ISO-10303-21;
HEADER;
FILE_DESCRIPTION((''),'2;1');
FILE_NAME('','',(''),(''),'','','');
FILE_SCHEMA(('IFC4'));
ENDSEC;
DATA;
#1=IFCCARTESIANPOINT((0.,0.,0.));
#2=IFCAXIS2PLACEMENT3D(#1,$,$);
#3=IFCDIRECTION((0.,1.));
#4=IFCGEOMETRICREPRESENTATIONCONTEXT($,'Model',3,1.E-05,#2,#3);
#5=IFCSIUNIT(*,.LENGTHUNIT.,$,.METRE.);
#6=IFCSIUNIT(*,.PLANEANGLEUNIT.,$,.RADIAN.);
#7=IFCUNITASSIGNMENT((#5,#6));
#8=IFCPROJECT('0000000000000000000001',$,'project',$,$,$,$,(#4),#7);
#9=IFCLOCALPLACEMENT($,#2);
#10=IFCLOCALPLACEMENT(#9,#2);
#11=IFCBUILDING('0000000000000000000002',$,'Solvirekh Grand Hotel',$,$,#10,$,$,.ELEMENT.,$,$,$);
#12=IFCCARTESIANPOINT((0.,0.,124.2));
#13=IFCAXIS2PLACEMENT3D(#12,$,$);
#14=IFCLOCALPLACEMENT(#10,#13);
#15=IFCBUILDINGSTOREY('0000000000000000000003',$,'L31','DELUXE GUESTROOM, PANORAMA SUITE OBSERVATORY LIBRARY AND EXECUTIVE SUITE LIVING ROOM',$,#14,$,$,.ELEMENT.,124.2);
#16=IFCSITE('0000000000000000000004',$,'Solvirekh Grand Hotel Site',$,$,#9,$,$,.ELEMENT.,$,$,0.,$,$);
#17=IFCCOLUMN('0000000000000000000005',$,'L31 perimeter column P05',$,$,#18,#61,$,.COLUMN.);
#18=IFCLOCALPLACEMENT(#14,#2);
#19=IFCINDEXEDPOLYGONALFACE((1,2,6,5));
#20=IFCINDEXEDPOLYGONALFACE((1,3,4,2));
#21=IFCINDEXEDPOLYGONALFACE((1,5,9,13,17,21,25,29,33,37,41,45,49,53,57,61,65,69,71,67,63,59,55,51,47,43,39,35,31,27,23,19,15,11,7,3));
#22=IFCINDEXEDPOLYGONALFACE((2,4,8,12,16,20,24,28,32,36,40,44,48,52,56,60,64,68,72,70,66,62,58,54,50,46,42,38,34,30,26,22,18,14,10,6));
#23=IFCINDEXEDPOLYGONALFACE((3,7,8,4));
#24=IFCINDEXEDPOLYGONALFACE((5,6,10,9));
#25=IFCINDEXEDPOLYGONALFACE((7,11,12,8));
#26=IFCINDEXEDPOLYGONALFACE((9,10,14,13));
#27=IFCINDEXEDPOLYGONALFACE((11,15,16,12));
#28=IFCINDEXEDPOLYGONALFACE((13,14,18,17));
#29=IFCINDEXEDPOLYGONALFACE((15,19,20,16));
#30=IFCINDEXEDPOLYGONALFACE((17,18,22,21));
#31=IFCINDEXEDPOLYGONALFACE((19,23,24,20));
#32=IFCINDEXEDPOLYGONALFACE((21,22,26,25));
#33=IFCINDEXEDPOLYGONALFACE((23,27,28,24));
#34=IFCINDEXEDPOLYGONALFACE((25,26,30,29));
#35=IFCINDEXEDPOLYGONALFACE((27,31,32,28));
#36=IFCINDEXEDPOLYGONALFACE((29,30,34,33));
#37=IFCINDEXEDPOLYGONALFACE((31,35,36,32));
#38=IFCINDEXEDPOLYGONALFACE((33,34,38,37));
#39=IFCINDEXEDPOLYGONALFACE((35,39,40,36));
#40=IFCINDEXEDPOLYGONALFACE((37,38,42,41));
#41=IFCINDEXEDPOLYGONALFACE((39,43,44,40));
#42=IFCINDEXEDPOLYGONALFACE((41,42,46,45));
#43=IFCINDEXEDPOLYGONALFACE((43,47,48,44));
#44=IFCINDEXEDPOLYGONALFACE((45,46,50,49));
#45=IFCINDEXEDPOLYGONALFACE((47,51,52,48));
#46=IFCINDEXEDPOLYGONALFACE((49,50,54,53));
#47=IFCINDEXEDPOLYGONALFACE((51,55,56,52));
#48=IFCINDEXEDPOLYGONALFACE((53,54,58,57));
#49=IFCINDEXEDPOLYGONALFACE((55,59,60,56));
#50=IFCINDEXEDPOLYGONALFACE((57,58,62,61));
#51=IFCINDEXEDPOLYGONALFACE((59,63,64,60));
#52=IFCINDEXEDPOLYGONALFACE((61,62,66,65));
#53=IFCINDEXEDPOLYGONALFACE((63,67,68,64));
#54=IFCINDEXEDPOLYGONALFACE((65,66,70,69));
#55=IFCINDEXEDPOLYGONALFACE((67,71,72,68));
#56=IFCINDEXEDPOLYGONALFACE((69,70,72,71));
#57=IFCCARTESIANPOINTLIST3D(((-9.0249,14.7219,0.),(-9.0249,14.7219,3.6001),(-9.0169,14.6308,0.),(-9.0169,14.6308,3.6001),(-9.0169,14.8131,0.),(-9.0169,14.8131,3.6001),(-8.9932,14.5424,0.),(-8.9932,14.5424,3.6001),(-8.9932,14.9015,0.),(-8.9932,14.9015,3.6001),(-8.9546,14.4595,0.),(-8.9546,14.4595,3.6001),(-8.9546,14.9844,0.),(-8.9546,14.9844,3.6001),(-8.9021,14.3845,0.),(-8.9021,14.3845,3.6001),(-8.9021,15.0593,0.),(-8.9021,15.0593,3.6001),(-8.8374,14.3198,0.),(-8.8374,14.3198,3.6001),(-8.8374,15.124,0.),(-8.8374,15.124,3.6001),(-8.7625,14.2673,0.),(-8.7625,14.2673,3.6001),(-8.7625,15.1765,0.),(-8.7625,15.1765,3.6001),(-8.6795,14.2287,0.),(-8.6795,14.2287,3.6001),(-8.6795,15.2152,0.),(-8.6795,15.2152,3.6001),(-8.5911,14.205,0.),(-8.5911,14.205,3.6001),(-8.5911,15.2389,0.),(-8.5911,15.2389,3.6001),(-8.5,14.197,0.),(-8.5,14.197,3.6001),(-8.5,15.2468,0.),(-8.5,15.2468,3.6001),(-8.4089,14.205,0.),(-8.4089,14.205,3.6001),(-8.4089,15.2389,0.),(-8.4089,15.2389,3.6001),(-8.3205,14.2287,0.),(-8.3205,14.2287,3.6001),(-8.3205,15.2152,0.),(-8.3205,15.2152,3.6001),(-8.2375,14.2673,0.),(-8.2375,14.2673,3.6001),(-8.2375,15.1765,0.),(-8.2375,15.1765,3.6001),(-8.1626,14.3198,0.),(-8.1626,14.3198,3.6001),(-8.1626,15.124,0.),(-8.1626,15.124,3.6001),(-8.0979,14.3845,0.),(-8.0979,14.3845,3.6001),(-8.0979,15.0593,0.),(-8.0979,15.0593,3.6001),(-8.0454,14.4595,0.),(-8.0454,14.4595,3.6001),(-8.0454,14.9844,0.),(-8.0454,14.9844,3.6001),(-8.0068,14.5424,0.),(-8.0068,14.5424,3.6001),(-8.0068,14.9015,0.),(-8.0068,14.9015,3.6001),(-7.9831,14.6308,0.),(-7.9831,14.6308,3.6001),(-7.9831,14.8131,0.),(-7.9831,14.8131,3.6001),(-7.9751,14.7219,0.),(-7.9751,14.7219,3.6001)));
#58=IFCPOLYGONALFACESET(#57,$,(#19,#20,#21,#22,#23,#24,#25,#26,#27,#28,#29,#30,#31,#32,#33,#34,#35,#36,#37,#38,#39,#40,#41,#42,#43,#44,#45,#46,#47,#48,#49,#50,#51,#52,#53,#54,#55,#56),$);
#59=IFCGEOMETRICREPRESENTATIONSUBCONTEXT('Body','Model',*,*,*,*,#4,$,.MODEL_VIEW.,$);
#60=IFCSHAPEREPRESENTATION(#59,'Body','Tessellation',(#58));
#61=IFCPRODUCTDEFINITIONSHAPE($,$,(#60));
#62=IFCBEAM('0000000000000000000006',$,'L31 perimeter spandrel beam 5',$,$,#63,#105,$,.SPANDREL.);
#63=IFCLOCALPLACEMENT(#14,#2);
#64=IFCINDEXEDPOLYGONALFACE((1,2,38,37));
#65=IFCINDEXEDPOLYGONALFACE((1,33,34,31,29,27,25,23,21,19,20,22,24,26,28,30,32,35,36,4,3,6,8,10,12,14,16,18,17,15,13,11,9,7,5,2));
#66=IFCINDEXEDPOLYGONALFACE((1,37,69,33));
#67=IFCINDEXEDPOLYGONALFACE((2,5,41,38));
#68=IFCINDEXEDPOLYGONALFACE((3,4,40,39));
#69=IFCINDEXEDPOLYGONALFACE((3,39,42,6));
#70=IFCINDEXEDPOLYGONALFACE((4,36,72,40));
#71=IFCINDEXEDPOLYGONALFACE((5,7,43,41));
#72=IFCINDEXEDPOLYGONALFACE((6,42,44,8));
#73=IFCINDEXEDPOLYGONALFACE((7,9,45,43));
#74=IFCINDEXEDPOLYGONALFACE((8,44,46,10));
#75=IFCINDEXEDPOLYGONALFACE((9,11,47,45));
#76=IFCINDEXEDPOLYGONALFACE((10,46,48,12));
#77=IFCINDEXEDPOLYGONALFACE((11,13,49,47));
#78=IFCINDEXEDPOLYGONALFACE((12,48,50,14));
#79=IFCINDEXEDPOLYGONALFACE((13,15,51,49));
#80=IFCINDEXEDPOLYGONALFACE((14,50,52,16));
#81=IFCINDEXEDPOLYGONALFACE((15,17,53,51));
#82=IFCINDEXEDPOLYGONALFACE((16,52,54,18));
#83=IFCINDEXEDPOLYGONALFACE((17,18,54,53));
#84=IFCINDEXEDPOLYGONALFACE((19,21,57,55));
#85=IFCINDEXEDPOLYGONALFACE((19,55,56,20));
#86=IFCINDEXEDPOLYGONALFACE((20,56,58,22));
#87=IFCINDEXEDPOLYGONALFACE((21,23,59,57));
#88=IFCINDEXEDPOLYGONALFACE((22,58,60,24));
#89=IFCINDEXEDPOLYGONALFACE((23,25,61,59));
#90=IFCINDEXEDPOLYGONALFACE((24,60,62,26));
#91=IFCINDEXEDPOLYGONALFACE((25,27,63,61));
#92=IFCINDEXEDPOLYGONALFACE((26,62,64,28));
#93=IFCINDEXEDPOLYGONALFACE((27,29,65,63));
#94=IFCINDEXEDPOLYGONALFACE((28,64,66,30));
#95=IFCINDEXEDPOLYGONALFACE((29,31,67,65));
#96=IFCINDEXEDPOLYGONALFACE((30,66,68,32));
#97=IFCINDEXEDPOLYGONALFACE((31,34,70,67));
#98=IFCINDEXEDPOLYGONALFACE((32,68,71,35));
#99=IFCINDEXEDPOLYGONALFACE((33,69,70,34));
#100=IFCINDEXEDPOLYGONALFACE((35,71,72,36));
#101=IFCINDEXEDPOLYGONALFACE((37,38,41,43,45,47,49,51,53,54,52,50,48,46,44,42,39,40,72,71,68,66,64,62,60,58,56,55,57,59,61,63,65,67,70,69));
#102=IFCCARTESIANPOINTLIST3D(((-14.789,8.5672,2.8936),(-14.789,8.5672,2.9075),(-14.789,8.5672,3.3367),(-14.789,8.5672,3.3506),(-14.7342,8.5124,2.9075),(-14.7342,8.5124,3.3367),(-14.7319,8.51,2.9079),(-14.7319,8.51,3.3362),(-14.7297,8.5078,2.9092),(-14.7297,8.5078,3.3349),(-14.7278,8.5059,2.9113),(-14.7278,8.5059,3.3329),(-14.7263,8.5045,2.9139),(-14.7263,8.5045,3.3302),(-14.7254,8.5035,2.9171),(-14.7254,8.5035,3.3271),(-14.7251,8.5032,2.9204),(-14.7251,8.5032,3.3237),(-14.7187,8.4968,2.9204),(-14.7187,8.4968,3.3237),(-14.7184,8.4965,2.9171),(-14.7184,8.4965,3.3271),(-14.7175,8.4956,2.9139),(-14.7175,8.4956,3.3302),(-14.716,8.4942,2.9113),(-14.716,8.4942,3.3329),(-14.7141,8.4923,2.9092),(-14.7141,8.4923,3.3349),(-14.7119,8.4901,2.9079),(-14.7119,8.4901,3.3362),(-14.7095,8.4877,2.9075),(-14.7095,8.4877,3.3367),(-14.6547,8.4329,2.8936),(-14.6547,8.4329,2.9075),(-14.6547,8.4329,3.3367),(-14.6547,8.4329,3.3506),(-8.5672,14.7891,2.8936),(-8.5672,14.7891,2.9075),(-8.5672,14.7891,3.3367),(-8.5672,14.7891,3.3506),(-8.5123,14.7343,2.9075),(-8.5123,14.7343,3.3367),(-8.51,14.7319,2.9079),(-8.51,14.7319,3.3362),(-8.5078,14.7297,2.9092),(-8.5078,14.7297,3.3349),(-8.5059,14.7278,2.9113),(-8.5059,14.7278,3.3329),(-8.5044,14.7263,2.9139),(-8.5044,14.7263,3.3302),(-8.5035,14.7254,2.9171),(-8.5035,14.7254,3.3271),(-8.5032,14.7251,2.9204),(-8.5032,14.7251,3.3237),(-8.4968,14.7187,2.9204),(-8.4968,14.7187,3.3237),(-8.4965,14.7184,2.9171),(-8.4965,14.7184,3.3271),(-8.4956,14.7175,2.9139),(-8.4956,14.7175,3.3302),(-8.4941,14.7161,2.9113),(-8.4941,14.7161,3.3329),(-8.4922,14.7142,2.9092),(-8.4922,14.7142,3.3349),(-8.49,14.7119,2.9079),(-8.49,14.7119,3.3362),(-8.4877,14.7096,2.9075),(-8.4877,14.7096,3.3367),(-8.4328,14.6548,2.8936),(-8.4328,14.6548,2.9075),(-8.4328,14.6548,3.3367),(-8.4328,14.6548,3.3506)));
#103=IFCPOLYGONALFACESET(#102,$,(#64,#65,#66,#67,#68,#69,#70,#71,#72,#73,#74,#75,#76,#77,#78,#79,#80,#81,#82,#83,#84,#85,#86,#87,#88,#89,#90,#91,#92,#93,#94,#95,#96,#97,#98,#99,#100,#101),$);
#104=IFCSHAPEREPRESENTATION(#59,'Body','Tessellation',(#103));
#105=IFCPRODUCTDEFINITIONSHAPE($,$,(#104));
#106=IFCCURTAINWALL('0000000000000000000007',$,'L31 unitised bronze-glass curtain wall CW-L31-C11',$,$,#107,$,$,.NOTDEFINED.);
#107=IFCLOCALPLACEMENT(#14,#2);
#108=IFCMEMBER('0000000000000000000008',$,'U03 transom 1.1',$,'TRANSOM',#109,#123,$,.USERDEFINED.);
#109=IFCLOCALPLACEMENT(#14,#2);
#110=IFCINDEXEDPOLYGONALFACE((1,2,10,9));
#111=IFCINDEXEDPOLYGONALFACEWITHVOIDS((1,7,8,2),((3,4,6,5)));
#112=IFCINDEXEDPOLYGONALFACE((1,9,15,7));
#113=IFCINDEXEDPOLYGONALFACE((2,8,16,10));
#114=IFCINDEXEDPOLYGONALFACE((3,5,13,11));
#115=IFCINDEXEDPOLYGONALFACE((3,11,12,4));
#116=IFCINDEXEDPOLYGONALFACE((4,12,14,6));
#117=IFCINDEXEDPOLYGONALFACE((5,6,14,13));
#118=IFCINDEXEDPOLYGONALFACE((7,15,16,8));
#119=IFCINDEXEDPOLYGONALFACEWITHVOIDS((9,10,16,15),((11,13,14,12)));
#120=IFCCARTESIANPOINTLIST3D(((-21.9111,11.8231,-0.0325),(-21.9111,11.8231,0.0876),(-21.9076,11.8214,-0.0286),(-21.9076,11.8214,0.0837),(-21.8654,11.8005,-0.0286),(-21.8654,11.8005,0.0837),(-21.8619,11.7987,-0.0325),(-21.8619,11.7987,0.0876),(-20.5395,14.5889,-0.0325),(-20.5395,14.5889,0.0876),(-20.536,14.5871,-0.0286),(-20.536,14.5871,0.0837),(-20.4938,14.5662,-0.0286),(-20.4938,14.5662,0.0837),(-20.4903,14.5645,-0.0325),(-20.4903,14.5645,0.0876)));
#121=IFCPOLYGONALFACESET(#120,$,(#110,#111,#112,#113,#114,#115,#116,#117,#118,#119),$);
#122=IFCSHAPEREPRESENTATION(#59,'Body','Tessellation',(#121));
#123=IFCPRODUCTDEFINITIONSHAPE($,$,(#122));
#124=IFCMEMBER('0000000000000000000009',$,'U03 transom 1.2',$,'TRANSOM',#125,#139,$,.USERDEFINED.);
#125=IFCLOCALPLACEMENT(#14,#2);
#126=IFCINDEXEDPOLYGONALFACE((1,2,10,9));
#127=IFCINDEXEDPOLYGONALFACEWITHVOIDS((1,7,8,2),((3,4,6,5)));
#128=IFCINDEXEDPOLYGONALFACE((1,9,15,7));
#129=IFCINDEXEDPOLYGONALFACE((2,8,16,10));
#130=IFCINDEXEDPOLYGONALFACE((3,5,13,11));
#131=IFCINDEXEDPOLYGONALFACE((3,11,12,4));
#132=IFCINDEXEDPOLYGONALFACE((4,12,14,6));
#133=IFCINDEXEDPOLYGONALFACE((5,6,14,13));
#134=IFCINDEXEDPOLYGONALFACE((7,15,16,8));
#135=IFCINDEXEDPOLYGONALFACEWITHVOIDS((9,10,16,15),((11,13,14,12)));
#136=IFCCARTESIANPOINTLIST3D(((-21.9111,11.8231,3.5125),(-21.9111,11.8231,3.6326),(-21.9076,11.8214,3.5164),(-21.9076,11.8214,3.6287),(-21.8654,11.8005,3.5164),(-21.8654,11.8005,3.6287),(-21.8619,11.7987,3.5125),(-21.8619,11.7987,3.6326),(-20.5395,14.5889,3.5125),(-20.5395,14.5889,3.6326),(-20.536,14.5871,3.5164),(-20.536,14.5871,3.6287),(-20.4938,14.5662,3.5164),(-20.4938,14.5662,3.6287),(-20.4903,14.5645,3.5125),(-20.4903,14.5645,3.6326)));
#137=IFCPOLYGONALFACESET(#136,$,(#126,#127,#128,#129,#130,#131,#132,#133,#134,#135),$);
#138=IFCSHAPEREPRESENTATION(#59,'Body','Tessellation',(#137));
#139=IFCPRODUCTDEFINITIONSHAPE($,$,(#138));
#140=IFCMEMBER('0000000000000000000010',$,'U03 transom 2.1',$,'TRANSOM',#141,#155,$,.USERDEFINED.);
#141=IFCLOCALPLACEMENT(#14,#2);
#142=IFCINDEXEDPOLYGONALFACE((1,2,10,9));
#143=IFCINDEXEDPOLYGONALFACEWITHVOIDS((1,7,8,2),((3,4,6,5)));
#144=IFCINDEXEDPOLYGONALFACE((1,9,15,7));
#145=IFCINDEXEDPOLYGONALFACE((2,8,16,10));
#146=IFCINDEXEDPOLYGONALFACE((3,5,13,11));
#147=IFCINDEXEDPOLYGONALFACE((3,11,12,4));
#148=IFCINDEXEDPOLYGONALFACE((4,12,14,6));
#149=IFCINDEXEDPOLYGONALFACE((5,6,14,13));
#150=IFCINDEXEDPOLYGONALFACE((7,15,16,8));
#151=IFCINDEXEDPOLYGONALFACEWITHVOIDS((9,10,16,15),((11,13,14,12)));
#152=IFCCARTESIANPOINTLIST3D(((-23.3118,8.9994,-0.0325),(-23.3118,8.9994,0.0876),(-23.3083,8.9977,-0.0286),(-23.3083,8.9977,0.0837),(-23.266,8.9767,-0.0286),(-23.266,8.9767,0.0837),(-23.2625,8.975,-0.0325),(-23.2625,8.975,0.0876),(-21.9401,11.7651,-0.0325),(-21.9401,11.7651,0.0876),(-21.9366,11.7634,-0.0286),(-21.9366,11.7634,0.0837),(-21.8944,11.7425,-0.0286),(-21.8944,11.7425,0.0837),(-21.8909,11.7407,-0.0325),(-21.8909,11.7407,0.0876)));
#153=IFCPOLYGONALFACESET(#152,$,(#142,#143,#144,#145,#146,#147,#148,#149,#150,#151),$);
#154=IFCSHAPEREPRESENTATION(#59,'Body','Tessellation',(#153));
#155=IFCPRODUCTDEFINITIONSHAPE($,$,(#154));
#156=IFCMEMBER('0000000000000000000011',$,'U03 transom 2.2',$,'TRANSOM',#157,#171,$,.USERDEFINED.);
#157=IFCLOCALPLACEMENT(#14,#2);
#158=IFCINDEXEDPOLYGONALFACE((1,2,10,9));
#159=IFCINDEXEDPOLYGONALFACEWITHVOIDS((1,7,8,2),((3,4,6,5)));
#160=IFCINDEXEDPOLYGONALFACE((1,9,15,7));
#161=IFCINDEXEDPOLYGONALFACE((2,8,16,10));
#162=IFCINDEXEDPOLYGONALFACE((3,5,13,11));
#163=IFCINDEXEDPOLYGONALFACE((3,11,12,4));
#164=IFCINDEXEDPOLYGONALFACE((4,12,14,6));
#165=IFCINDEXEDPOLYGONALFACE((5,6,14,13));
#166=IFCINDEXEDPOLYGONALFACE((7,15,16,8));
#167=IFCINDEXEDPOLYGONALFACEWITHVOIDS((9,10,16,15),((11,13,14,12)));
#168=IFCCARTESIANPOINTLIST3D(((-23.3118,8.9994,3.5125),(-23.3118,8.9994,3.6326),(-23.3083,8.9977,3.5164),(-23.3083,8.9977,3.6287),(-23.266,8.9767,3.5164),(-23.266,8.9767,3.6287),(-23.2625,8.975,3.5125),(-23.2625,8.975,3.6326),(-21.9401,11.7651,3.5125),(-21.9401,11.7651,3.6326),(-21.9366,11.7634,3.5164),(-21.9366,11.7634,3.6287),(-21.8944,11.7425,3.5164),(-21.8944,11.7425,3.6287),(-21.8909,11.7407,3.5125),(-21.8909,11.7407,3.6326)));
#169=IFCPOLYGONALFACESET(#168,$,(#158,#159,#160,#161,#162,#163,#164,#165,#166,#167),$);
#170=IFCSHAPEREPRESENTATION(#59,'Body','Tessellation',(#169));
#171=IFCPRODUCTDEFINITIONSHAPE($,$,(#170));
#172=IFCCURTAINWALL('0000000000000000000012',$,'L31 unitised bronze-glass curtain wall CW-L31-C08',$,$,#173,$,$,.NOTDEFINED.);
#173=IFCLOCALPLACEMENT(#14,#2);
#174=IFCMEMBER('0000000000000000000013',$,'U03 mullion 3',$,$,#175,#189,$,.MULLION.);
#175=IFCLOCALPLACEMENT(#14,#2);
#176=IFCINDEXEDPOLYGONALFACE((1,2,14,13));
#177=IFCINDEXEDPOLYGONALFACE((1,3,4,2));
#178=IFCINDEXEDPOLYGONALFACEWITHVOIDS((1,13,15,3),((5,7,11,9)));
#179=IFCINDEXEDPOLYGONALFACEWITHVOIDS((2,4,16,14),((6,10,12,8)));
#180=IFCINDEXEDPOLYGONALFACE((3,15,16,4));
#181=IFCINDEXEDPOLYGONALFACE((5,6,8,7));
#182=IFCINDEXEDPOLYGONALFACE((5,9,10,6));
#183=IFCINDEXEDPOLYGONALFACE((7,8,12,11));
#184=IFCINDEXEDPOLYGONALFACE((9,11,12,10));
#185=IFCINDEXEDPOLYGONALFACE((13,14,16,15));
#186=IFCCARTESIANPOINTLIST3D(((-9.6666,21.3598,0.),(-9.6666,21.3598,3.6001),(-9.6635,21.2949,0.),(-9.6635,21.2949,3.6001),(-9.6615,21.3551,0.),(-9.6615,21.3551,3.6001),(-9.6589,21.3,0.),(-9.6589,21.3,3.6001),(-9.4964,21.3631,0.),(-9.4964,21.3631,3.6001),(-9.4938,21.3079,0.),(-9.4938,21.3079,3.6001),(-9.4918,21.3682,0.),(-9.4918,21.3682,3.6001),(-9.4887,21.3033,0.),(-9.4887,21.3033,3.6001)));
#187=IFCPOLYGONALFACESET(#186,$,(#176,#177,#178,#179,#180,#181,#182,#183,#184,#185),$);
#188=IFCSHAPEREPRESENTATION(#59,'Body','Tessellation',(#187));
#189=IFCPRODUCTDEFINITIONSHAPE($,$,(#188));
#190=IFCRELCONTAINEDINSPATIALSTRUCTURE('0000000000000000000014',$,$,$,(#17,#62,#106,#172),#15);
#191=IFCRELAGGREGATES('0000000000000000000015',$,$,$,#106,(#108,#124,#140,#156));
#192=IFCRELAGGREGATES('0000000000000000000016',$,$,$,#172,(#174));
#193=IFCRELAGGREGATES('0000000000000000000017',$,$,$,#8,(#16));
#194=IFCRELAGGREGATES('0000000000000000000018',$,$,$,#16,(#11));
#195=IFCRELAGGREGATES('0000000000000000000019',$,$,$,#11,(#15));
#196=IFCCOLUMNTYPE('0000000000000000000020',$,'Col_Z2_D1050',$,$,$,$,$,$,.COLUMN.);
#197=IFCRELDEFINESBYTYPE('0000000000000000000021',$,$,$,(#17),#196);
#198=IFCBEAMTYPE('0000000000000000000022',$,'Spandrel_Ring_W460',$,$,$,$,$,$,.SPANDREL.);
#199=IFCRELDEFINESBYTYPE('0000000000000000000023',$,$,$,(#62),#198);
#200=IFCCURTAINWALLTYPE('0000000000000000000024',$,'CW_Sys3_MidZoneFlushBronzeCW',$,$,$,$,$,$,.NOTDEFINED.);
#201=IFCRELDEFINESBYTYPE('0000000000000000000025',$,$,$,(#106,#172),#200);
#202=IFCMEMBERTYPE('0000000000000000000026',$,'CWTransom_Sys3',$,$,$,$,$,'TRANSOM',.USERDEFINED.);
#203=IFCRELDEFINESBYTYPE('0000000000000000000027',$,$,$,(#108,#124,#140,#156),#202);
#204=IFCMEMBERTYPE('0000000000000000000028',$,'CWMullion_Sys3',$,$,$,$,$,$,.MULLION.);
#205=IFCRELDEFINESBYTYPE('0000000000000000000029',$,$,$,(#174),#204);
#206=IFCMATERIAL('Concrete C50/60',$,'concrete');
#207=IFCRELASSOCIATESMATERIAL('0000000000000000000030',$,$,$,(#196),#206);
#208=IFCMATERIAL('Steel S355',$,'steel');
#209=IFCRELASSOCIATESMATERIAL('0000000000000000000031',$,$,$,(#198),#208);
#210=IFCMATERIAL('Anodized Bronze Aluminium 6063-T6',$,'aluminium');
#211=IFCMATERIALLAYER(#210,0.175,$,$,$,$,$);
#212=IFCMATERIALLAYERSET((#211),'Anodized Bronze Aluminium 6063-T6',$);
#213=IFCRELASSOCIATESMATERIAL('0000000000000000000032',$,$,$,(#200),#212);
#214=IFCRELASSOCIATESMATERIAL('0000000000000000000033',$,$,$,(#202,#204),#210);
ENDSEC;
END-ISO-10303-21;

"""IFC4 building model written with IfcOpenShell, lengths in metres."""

from ifc_helpers import new_model, si_unit, direction, frame, origin, origin_2d, place, context, subcontext, project, spatial, hollow_rectangle, circle, i_section, extrude, source, transform, mapped, material, layer, layer_set, material_profile, profile_set, type_object, element, aggregate, save


model = new_model("IFC4")

# Units and contexts
model_context = context("Model", 3, precision=1e-05, world=origin(), true_north=direction((0.0, 1.0)))
body_context = subcontext(model_context, "Body", "Model", "MODEL_VIEW")
ifc_project = project(units=[si_unit("LENGTHUNIT", "METRE"), si_unit("PLANEANGLEUNIT", "RADIAN")], contexts=[model_context])

# Site, building, storey
site_placement = place(None, origin())
site = spatial("IfcSite", under=ifc_project, at=site_placement, Name="Solvirekh Grand Hotel Site", CompositionType="ELEMENT", RefElevation=0.0)
building_placement = place(site_placement, origin())
building = spatial("IfcBuilding", under=site, at=building_placement, Name="Solvirekh Grand Hotel", CompositionType="ELEMENT")
storey_placement = place(building_placement, frame((0.0, 0.0, 124.2)))
storey = spatial("IfcBuildingStorey", under=building, at=storey_placement, Name="L31", Description="DELUXE GUESTROOM, PANORAMA SUITE OBSERVATORY LIBRARY AND EXECUTIVE SUITE LIVING ROOM", CompositionType="ELEMENT", Elevation=124.2)

# Column
ifc_material_1 = material(Name="Concrete C50/60", Category="concrete")
ifc_material_profile_1 = material_profile(ifc_material_1, circle(Radius=0.5249, at=origin_2d()), Name="RC CIRC D1050")
ifc_profile_set_1 = profile_set([ifc_material_profile_1], Name="Concrete C50/60")
column_type = type_object("IfcColumnType", Name="Col_Z2_D1050", PredefinedType="COLUMN", material=ifc_profile_set_1)
column_placement = place(storey_placement, frame((-8.5, 14.7219, 0.0), z_axis=(0.0, 0.0, 1.0), x_axis=(1.0, 0.0, 0.0)))
element("IfcColumn", 1, at=column_placement, inside=storey, type_object=column_type, Name="L31 perimeter column P05", PredefinedType="COLUMN", context=body_context, shape_type="SweptSolid", body=[
    extrude(circle(Radius=0.5249, at=origin_2d()), origin(), (0.0, 0.0, 1.0), 3.6001),
])

# Beam
ifc_material_2 = material(Name="Steel S355", Category="steel")
ifc_material_profile_2 = material_profile(ifc_material_2, i_section(OverallWidth=0.1899, OverallDepth=0.457, WebThickness=0.009, FlangeThickness=0.0139, FilletRadius=0.0129, at=origin_2d()), Name="W460X74")
ifc_profile_set_2 = profile_set([ifc_material_profile_2], Name="Steel S355")
beam_type = type_object("IfcBeamType", Name="Spandrel_Ring_W460", PredefinedType="SPANDREL", material=ifc_profile_set_2)
beam_placement = place(storey_placement, frame((-8.5, 14.7219, 3.1221), z_axis=(-0.707107, -0.707107, 0.0), x_axis=(0.707107, -0.707107, 0.0)))
element("IfcBeam", 2, at=beam_placement, inside=storey, type_object=beam_type, Name="L31 perimeter spandrel beam 5", PredefinedType="SPANDREL", context=body_context, shape_type="SweptSolid", body=[
    extrude(i_section(OverallWidth=0.1899, OverallDepth=0.457, WebThickness=0.009, FlangeThickness=0.0139, FilletRadius=0.0129, at=origin_2d()), origin(), (0.0, 0.0, 1.0), 8.7991),
])

# Curtain wall, members
ifc_material_3 = material(Name="Anodized Bronze Aluminium 6063-T6", Category="aluminium")
ifc_layer_1 = layer(ifc_material_3, 0.175)
ifc_layer_set_1 = layer_set([ifc_layer_1], Name="Anodized Bronze Aluminium 6063-T6")
curtain_wall_type = type_object("IfcCurtainWallType", Name="CW_Sys3_MidZoneFlushBronzeCW", PredefinedType="NOTDEFINED", material=ifc_layer_set_1)
curtain_wall_1_placement = place(storey_placement, origin())
curtain_wall_1 = element("IfcCurtainWall", 3, at=curtain_wall_1_placement, inside=storey, type_object=curtain_wall_type, Name="L31 unitised bronze-glass curtain wall CW-L31-C11", PredefinedType="NOTDEFINED")
ifc_material_profile_3 = material_profile(ifc_material_3, hollow_rectangle(XDim=0.0549, YDim=0.1201, WallThickness=0.0039, at=origin_2d()), Name="ALU RHS 120X55X4")
ifc_profile_set_3 = profile_set([ifc_material_profile_3], Name="Anodized Bronze Aluminium 6063-T6")
member_type_1 = type_object("IfcMemberType", Name="CWTransom_Sys3", ElementType="TRANSOM", PredefinedType="USERDEFINED", material=ifc_profile_set_3)
shared_shape_1 = source(origin(), body_context, "Body", "SweptSolid", [
    extrude(hollow_rectangle(XDim=0.0549, YDim=0.1201, WallThickness=0.0039, at=origin_2d()), origin(), (0.0, 0.0, 1.0), 3.0872),
])
member_1_placement = place(storey_placement, frame((-20.5149, 14.5767, 0.0276), z_axis=(-0.444301, -0.895878, 0.0), x_axis=(0.895878, -0.444301, 0.0)))
member_1 = element("IfcMember", 4, at=member_1_placement, type_object=member_type_1, Name="U03 transom 1.1", ObjectType="TRANSOM", PredefinedType="USERDEFINED", context=body_context, shape_type="MappedRepresentation", body=[
    mapped(shared_shape_1, transform((0.0, 0.0, 0.0), x_axis=(1.0, 0.0, 0.0), y_axis=(0.0, 1.0, 0.0), z_axis=(0.0, 0.0, 1.0), scale=1.0)),
])
member_2_placement = place(storey_placement, frame((-20.5149, 14.5767, 3.5725), z_axis=(-0.444301, -0.895878, 0.0), x_axis=(0.895878, -0.444301, 0.0)))
member_2 = element("IfcMember", 5, at=member_2_placement, type_object=member_type_1, Name="U03 transom 1.2", ObjectType="TRANSOM", PredefinedType="USERDEFINED", context=body_context, shape_type="MappedRepresentation", body=[
    mapped(shared_shape_1, transform((0.0, 0.0, 0.0), x_axis=(1.0, 0.0, 0.0), y_axis=(0.0, 1.0, 0.0), z_axis=(0.0, 0.0, 1.0), scale=1.0)),
])
member_3_placement = place(storey_placement, frame((-21.9155, 11.7529, 0.0276), z_axis=(-0.444301, -0.895878, 0.0), x_axis=(0.895878, -0.444301, 0.0)))
member_3 = element("IfcMember", 6, at=member_3_placement, type_object=member_type_1, Name="U03 transom 2.1", ObjectType="TRANSOM", PredefinedType="USERDEFINED", context=body_context, shape_type="MappedRepresentation", body=[
    mapped(shared_shape_1, transform((0.0, 0.0, 0.0), x_axis=(1.0, 0.0, 0.0), y_axis=(0.0, 1.0, 0.0), z_axis=(0.0, 0.0, 1.0), scale=1.0)),
])
member_4_placement = place(storey_placement, frame((-21.9155, 11.7529, 3.5725), z_axis=(-0.444301, -0.895878, 0.0), x_axis=(0.895878, -0.444301, 0.0)))
member_4 = element("IfcMember", 7, at=member_4_placement, type_object=member_type_1, Name="U03 transom 2.2", ObjectType="TRANSOM", PredefinedType="USERDEFINED", context=body_context, shape_type="MappedRepresentation", body=[
    mapped(shared_shape_1, transform((0.0, 0.0, 0.0), x_axis=(1.0, 0.0, 0.0), y_axis=(0.0, 1.0, 0.0), z_axis=(0.0, 0.0, 1.0), scale=1.0)),
])

# Curtain wall, member
curtain_wall_2_placement = place(storey_placement, origin())
curtain_wall_2 = element("IfcCurtainWall", 8, at=curtain_wall_2_placement, inside=storey, type_object=curtain_wall_type, Name="L31 unitised bronze-glass curtain wall CW-L31-C08", PredefinedType="NOTDEFINED")
ifc_material_profile_4 = material_profile(ifc_material_3, hollow_rectangle(XDim=0.0649, YDim=0.175, WallThickness=0.0049, at=origin_2d()), Name="ALU RHS 175X65X5")
ifc_profile_set_4 = profile_set([ifc_material_profile_4], Name="Anodized Bronze Aluminium 6063-T6")
member_type_2 = type_object("IfcMemberType", Name="CWMullion_Sys3", PredefinedType="MULLION", material=ifc_profile_set_4)
shared_shape_2 = source(origin(), body_context, "Body", "SweptSolid", [
    extrude(hollow_rectangle(XDim=0.0649, YDim=0.175, WallThickness=0.0049, at=origin_2d()), origin(), (0.0, 0.0, 1.0), 3.6001),
])
member_5_placement = place(storey_placement, frame((-9.5776, 21.3315, 0.0), z_axis=(0.0, 0.0, 1.0), x_axis=(0.047932, -0.998851, 0.0)))
member_5 = element("IfcMember", 9, at=member_5_placement, type_object=member_type_2, Name="U03 mullion 3", PredefinedType="MULLION", context=body_context, shape_type="MappedRepresentation", body=[
    mapped(shared_shape_2, transform((0.0, 0.0, 0.0), x_axis=(1.0, 0.0, 0.0), y_axis=(0.0, 1.0, 0.0), z_axis=(0.0, 0.0, 1.0), scale=1.0)),
])

aggregate(curtain_wall_1, [member_1, member_2, member_3, member_4])
aggregate(curtain_wall_2, [member_5])

save(model, "model.ifc")
